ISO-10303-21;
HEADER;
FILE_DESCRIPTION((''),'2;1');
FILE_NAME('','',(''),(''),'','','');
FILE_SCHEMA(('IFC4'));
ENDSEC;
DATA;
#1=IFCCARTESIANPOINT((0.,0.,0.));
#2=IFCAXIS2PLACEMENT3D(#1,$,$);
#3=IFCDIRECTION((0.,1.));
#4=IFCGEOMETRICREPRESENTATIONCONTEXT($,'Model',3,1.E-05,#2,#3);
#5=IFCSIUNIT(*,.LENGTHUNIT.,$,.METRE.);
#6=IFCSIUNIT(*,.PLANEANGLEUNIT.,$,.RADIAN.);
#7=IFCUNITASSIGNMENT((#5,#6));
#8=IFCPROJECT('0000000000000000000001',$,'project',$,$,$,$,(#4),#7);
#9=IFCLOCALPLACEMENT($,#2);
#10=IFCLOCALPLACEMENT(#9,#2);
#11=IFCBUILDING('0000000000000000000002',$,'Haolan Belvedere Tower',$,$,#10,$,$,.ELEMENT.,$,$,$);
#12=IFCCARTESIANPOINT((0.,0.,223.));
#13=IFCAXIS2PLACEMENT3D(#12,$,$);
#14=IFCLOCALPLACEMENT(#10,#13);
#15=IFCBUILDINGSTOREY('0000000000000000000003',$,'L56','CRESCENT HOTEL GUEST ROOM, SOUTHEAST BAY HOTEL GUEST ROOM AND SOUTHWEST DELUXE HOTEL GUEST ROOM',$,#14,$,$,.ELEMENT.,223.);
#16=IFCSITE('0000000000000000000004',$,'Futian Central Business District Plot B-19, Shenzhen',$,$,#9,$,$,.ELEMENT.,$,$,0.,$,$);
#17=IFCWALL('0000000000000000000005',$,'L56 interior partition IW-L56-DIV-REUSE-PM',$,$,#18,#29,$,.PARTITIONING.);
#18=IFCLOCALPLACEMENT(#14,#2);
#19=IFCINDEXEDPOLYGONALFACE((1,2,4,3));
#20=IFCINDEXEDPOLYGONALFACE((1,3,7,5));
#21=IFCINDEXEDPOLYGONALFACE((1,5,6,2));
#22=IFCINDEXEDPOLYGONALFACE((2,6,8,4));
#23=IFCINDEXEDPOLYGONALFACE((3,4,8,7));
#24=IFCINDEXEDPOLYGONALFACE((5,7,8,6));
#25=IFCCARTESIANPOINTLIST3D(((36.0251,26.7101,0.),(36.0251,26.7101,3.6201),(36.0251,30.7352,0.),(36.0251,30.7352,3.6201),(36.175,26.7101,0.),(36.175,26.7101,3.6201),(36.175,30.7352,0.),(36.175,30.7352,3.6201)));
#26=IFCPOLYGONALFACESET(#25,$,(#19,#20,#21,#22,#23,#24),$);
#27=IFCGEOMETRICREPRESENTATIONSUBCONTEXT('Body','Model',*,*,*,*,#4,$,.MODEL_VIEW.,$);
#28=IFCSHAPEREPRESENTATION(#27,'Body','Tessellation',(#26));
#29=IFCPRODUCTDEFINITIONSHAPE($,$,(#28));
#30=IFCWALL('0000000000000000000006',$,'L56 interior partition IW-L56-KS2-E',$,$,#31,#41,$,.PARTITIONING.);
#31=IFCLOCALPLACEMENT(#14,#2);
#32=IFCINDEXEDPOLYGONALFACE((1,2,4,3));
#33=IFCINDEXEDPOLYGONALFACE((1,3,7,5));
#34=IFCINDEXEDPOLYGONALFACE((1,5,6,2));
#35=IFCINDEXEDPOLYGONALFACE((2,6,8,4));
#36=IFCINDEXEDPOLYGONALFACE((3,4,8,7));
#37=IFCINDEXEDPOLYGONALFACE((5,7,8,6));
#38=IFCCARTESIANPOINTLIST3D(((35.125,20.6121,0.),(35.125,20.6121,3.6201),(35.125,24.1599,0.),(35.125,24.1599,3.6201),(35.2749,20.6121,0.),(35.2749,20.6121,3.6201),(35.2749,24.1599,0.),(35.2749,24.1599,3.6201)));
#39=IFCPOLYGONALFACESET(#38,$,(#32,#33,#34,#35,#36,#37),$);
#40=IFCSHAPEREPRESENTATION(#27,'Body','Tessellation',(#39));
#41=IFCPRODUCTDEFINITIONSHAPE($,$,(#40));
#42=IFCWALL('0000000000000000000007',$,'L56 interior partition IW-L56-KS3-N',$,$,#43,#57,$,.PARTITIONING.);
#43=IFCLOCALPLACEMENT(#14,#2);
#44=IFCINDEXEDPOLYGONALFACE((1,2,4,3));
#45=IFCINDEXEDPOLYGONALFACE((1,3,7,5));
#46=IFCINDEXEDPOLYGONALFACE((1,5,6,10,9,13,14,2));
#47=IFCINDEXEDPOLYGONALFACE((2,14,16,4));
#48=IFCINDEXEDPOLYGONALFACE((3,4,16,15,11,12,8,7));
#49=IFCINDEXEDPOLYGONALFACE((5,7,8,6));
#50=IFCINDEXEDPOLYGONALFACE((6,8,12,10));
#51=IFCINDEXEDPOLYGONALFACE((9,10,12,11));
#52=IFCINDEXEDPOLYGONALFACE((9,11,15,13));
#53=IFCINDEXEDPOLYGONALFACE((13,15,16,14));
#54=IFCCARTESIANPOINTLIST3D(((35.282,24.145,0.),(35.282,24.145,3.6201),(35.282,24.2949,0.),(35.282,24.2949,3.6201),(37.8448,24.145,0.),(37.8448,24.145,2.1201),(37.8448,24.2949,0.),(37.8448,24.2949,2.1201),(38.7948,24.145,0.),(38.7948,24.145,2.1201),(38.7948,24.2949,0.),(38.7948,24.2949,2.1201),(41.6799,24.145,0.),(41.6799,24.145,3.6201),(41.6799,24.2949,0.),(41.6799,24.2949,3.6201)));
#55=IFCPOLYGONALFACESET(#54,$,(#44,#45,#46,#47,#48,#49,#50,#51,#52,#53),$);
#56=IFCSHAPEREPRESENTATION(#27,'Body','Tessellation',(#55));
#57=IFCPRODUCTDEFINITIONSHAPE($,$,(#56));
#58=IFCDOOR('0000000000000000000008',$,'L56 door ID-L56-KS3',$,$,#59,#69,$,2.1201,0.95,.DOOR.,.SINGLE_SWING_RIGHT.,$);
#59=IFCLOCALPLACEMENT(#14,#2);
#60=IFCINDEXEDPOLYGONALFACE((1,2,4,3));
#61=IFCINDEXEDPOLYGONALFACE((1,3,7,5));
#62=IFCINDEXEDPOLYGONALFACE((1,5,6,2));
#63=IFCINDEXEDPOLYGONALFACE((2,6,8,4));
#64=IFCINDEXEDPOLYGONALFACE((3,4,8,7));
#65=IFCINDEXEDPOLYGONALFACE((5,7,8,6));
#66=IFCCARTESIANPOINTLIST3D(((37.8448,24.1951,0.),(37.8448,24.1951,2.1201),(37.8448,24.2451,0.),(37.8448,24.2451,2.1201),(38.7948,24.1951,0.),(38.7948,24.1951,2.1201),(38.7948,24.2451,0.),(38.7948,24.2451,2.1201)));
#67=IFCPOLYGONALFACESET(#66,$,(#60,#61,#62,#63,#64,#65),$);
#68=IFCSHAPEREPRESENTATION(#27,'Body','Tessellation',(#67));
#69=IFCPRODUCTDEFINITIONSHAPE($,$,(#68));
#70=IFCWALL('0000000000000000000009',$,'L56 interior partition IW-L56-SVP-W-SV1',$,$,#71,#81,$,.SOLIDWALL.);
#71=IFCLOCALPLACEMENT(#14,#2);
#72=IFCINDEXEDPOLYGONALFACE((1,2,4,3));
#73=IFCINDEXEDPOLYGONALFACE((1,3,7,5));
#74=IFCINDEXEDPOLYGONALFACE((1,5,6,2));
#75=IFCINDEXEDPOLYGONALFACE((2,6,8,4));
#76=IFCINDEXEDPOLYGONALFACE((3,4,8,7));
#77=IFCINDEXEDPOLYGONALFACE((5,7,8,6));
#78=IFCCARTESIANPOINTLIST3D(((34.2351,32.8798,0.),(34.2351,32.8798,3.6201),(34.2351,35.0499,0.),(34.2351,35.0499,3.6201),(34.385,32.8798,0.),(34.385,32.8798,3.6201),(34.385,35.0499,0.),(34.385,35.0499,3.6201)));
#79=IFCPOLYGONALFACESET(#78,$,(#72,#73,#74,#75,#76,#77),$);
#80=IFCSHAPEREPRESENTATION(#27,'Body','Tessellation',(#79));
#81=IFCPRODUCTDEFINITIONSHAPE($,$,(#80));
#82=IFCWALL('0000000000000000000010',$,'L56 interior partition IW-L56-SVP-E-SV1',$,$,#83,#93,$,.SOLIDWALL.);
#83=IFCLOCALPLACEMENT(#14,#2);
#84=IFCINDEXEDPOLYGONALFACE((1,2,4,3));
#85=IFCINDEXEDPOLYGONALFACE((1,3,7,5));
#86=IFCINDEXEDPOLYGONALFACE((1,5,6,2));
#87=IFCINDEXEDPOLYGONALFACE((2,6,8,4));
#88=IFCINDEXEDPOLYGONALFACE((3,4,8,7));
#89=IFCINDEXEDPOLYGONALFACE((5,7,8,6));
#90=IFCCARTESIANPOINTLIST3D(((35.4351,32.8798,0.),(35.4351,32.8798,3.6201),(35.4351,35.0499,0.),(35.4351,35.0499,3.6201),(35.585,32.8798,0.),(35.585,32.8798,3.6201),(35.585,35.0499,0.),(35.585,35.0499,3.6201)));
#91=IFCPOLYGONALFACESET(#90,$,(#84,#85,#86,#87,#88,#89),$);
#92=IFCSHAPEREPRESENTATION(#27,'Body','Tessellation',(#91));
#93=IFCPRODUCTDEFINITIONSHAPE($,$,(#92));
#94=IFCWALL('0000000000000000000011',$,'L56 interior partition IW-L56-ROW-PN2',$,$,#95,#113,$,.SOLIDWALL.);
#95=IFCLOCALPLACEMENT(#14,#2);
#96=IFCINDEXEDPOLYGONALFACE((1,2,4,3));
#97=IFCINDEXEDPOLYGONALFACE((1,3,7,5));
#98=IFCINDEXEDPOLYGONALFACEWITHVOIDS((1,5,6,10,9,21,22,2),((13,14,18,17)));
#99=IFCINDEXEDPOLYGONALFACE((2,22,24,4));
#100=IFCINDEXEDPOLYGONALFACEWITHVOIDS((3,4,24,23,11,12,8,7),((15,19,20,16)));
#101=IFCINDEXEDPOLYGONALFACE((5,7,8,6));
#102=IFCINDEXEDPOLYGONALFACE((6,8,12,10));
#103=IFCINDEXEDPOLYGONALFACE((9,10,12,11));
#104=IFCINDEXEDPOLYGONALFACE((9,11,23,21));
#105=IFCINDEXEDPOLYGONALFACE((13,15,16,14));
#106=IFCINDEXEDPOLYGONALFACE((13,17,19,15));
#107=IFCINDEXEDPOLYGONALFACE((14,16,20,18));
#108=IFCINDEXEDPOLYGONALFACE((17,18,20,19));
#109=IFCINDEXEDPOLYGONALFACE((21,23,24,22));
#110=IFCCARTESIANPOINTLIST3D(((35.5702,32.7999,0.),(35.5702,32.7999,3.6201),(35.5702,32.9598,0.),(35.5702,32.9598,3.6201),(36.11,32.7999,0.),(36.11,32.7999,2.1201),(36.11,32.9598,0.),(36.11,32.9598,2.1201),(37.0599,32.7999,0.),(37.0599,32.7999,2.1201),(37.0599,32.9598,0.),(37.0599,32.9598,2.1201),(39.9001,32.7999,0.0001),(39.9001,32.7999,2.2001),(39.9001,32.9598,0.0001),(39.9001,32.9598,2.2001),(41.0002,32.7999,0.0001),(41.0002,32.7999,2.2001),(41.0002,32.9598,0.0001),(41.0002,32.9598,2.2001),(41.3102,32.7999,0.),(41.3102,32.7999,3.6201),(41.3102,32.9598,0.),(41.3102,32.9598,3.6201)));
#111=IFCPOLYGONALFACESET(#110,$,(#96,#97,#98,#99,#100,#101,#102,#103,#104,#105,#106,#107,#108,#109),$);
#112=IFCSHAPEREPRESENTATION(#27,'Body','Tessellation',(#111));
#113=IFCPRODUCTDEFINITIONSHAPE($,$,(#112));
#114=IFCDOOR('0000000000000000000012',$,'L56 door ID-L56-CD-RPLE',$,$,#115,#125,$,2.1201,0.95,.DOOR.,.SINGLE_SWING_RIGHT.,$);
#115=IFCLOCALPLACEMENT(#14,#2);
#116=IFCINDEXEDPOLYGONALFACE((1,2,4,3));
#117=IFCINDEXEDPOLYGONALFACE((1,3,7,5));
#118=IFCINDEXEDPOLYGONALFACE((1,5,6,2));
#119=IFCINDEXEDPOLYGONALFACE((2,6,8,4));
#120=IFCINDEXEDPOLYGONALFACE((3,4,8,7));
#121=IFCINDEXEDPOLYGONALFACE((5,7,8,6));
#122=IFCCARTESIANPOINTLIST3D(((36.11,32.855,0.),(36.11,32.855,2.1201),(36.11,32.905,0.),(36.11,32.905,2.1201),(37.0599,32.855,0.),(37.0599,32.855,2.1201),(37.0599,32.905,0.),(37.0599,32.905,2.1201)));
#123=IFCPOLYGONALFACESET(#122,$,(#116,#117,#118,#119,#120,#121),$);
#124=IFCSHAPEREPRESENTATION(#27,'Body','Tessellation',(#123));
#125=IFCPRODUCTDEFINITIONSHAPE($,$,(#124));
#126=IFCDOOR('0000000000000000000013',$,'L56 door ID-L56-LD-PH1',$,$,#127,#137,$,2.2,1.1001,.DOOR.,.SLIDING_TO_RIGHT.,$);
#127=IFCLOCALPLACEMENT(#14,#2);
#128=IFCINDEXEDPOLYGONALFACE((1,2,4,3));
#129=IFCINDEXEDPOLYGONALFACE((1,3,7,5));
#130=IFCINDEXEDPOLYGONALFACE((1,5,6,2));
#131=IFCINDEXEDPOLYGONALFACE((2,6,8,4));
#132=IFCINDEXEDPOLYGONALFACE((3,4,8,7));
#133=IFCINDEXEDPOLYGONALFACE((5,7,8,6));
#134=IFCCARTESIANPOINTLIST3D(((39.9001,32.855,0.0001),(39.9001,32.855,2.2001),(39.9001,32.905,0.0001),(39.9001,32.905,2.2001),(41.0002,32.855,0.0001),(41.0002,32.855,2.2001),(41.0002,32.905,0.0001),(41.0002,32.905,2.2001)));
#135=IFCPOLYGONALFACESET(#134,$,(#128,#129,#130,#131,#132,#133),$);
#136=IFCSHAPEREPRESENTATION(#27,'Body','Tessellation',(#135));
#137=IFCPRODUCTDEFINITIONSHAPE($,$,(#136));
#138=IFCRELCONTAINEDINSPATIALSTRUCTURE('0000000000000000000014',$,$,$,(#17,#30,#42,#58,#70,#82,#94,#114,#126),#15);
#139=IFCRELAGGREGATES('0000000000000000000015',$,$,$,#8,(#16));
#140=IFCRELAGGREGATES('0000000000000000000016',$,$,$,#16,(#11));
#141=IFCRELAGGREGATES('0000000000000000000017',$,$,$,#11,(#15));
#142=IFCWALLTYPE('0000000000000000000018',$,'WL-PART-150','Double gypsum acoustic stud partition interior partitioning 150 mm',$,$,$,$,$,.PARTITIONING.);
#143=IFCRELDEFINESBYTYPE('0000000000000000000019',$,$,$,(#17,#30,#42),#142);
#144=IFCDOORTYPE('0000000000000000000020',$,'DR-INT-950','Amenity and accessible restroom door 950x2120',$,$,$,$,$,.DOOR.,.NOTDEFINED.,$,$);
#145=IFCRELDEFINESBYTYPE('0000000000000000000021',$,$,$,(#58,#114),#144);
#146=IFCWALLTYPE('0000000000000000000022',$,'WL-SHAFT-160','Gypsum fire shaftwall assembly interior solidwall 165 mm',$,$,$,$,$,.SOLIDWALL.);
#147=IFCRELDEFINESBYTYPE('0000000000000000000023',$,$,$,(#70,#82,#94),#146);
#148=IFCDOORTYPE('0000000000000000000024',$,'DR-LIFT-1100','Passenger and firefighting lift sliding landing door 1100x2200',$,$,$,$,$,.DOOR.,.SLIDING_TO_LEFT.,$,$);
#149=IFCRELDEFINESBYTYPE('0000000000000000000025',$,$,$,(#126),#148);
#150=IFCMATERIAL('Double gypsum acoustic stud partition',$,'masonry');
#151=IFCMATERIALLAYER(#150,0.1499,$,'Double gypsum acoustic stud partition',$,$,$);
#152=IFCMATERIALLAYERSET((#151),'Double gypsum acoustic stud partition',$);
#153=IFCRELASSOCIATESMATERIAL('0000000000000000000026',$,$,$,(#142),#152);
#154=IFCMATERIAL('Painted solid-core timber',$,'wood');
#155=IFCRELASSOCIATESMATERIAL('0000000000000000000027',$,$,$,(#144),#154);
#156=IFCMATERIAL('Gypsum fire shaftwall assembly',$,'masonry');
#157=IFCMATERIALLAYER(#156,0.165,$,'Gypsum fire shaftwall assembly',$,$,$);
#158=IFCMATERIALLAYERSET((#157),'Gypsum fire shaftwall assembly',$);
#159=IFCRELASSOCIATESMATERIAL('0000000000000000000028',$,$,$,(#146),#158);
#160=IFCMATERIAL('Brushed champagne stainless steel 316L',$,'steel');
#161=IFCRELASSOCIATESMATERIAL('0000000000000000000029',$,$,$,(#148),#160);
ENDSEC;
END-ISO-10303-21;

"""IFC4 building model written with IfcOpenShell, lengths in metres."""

from ifc_helpers import new_model, si_unit, direction, frame, frame_2d, origin, place, context, subcontext, project, spatial, rectangle, extrude, material, layer, layer_set, type_object, element, fill, save


model = new_model("IFC4")

# Units and contexts
model_context = context("Model", 3, precision=1e-05, world=origin(), true_north=direction((0.0, 1.0)))
body_context = subcontext(model_context, "Body", "Model", "MODEL_VIEW")
ifc_project = project(units=[si_unit("LENGTHUNIT", "METRE"), si_unit("PLANEANGLEUNIT", "RADIAN")], contexts=[model_context])

# Site, building, storey
site_placement = place(None, origin())
site = spatial("IfcSite", under=ifc_project, at=site_placement, Name="Futian Central Business District Plot B-19, Shenzhen", CompositionType="ELEMENT", RefElevation=0.0)
building_placement = place(site_placement, origin())
building = spatial("IfcBuilding", under=site, at=building_placement, Name="Haolan Belvedere Tower", CompositionType="ELEMENT")
storey_placement = place(building_placement, frame((0.0, 0.0, 223.0)))
storey = spatial("IfcBuildingStorey", under=building, at=storey_placement, Name="L56", Description="CRESCENT HOTEL GUEST ROOM, SOUTHEAST BAY HOTEL GUEST ROOM AND SOUTHWEST DELUXE HOTEL GUEST ROOM", CompositionType="ELEMENT", Elevation=223.0)

# Walls
ifc_material_1 = material(Name="Double gypsum acoustic stud partition", Category="masonry")
ifc_layer_1 = layer(ifc_material_1, 0.1499, Name="Double gypsum acoustic stud partition")
ifc_layer_set_1 = layer_set([ifc_layer_1], Name="Double gypsum acoustic stud partition")
wall_type_1 = type_object("IfcWallType", Name="WL-PART-150", Description="Double gypsum acoustic stud partition interior partitioning 150 mm", PredefinedType="PARTITIONING", material=ifc_layer_set_1)
wall_1_placement = place(storey_placement, frame((36.1001, 26.71, 0.0), z_axis=(0.0, 0.0, 1.0), x_axis=(0.0, 1.0, 0.0)))
element("IfcWall", 1, at=wall_1_placement, inside=storey, type_object=wall_type_1, Name="L56 interior partition IW-L56-DIV-REUSE-PM", PredefinedType="PARTITIONING", context=body_context, shape_type="SweptSolid", body=[
    extrude(rectangle(XDim=4.0251, YDim=0.1499, at=frame_2d((2.0127, 0.0))), origin(), (0.0, 0.0, 1.0), 3.6201),
])
wall_2_placement = place(storey_placement, frame((35.2, 20.6121, 0.0), z_axis=(0.0, 0.0, 1.0), x_axis=(0.0, 1.0, 0.0)))
element("IfcWall", 2, at=wall_2_placement, inside=storey, type_object=wall_type_1, Name="L56 interior partition IW-L56-KS2-E", PredefinedType="PARTITIONING", context=body_context, shape_type="SweptSolid", body=[
    extrude(rectangle(XDim=3.5479, YDim=0.1499, at=frame_2d((1.7739, 0.0))), origin(), (0.0, 0.0, 1.0), 3.6201),
])

# Wall, opening, door
wall_3_placement = place(storey_placement, frame((35.282, 24.22, 0.0), z_axis=(0.0, 0.0, 1.0), x_axis=(1.0, 0.0, 0.0)))
wall_3 = element("IfcWall", 3, at=wall_3_placement, inside=storey, type_object=wall_type_1, Name="L56 interior partition IW-L56-KS3-N", PredefinedType="PARTITIONING", context=body_context, shape_type="SweptSolid", body=[
    extrude(rectangle(XDim=6.3979, YDim=0.1499, at=frame_2d((3.199, 0.0))), origin(), (0.0, 0.0, 1.0), 3.6201),
])
opening_1_placement = place(wall_3_placement, frame((3.5129, 0.0, 0.0), z_axis=(0.0, 0.0, 1.0), x_axis=(-1.0, 0.0, 0.0)))
opening_1 = element("IfcOpeningElement", 4, at=opening_1_placement, cuts=wall_3, PredefinedType="OPENING", context=body_context, shape_type="SweptSolid", body=[
    extrude(rectangle(XDim=0.95, YDim=2.1201, at=frame_2d((0.4751, 1.0601))), frame((0.0, 0.085, 0.0), z_axis=(0.0, -1.0, 0.0), x_axis=(1.0, 0.0, 0.0)), (0.0, 0.0, 1.0), 0.1699),
])
ifc_material_2 = material(Name="Painted solid-core timber", Category="wood")
door_type_1 = type_object("IfcDoorType", Name="DR-INT-950", Description="Amenity and accessible restroom door 950x2120", OperationType="NOTDEFINED", PredefinedType="DOOR", material=ifc_material_2)
door_1_placement = place(opening_1_placement, origin())
door_1 = element("IfcDoor", 5, at=door_1_placement, inside=storey, type_object=door_type_1, Name="L56 door ID-L56-KS3", OperationType="SINGLE_SWING_RIGHT", OverallHeight=2.1201, OverallWidth=0.95, PredefinedType="DOOR", context=body_context, shape_type="SweptSolid", body=[
    extrude(rectangle(XDim=0.95, YDim=2.1201, at=frame_2d((0.4751, 1.0601))), frame((0.0, 0.0249, 0.0), z_axis=(0.0, -1.0, 0.0), x_axis=(1.0, 0.0, 0.0)), (0.0, 0.0, 1.0), 0.05),
])
fill(opening_1, door_1)

# Walls
ifc_material_3 = material(Name="Gypsum fire shaftwall assembly", Category="masonry")
ifc_layer_2 = layer(ifc_material_3, 0.165, Name="Gypsum fire shaftwall assembly")
ifc_layer_set_2 = layer_set([ifc_layer_2], Name="Gypsum fire shaftwall assembly")
wall_type_2 = type_object("IfcWallType", Name="WL-SHAFT-160", Description="Gypsum fire shaftwall assembly interior solidwall 165 mm", PredefinedType="SOLIDWALL", material=ifc_layer_set_2)
for number, where, z_axis, x_axis, name in (
    (6, (34.3101, 32.8799, 0.0), (0.0, 0.0, 1.0), (0.0, 1.0, 0.0), "L56 interior partition IW-L56-SVP-W-SV1"),
    (7, (35.51, 32.8799, 0.0), (0.0, 0.0, 1.0), (0.0, 1.0, 0.0), "L56 interior partition IW-L56-SVP-E-SV1"),
):
    element("IfcWall", number, at=place(storey_placement, frame(where, z_axis=z_axis, x_axis=x_axis)), inside=storey, type_object=wall_type_2, Name=name, PredefinedType="SOLIDWALL", context=body_context, shape_type="SweptSolid", body=[
        extrude(rectangle(XDim=2.1702, YDim=0.1499, at=frame_2d((1.085, 0.0))), origin(), (0.0, 0.0, 1.0), 3.6201),
    ])

# Wall, openings, doors
wall_4_placement = place(storey_placement, frame((35.5701, 32.8799, 0.0), z_axis=(0.0, 0.0, 1.0), x_axis=(1.0, 0.0, 0.0)))
wall_4 = element("IfcWall", 8, at=wall_4_placement, inside=storey, type_object=wall_type_2, Name="L56 interior partition IW-L56-ROW-PN2", PredefinedType="SOLIDWALL", context=body_context, shape_type="SweptSolid", body=[
    extrude(rectangle(XDim=5.74, YDim=0.1599, at=frame_2d((2.8701, 0.0))), origin(), (0.0, 0.0, 1.0), 3.6201),
])
opening_2_placement = place(wall_4_placement, frame((1.49, 0.0, 0.0), z_axis=(0.0, 0.0, 1.0), x_axis=(-1.0, 0.0, 0.0)))
opening_2 = element("IfcOpeningElement", 9, at=opening_2_placement, cuts=wall_4, PredefinedType="OPENING", context=body_context, shape_type="SweptSolid", body=[
    extrude(rectangle(XDim=0.95, YDim=2.1201, at=frame_2d((0.4751, 1.0601))), frame((0.0, 0.0898, 0.0), z_axis=(0.0, -1.0, 0.0), x_axis=(1.0, 0.0, 0.0)), (0.0, 0.0, 1.0), 0.1799),
])
opening_3_placement = place(wall_4_placement, frame((5.4302, 0.0, 0.0), z_axis=(0.0, 0.0, 1.0), x_axis=(-1.0, 0.0, 0.0)))
opening_3 = element("IfcOpeningElement", 10, at=opening_3_placement, cuts=wall_4, PredefinedType="OPENING", context=body_context, shape_type="SweptSolid", body=[
    extrude(rectangle(XDim=1.1001, YDim=2.2, at=frame_2d((0.55, 1.1001))), frame((0.0, 0.0898, 0.0), z_axis=(0.0, -1.0, 0.0), x_axis=(1.0, 0.0, 0.0)), (0.0, 0.0, 1.0), 0.1799),
])
door_2_placement = place(opening_2_placement, origin())
door_2 = element("IfcDoor", 11, at=door_2_placement, inside=storey, type_object=door_type_1, Name="L56 door ID-L56-CD-RPLE", OperationType="SINGLE_SWING_RIGHT", OverallHeight=2.1201, OverallWidth=0.95, PredefinedType="DOOR", context=body_context, shape_type="SweptSolid", body=[
    extrude(rectangle(XDim=0.95, YDim=2.1201, at=frame_2d((0.4751, 1.0601))), frame((0.0, 0.0249, 0.0), z_axis=(0.0, -1.0, 0.0), x_axis=(1.0, 0.0, 0.0)), (0.0, 0.0, 1.0), 0.05),
])
fill(opening_2, door_2)
ifc_material_4 = material(Name="Brushed champagne stainless steel 316L", Category="steel")
door_type_2 = type_object("IfcDoorType", Name="DR-LIFT-1100", Description="Passenger and firefighting lift sliding landing door 1100x2200", OperationType="SLIDING_TO_LEFT", PredefinedType="DOOR", material=ifc_material_4)
door_3_placement = place(opening_3_placement, origin())
door_3 = element("IfcDoor", 12, at=door_3_placement, inside=storey, type_object=door_type_2, Name="L56 door ID-L56-LD-PH1", OperationType="SLIDING_TO_RIGHT", OverallHeight=2.2, OverallWidth=1.1001, PredefinedType="DOOR", context=body_context, shape_type="SweptSolid", body=[
    extrude(rectangle(XDim=1.1001, YDim=2.2, at=frame_2d((0.55, 1.1001))), frame((0.0, 0.0249, 0.0), z_axis=(0.0, -1.0, 0.0), x_axis=(1.0, 0.0, 0.0)), (0.0, 0.0, 1.0), 0.05),
])
fill(opening_3, door_3)

save(model, "model.ifc")
